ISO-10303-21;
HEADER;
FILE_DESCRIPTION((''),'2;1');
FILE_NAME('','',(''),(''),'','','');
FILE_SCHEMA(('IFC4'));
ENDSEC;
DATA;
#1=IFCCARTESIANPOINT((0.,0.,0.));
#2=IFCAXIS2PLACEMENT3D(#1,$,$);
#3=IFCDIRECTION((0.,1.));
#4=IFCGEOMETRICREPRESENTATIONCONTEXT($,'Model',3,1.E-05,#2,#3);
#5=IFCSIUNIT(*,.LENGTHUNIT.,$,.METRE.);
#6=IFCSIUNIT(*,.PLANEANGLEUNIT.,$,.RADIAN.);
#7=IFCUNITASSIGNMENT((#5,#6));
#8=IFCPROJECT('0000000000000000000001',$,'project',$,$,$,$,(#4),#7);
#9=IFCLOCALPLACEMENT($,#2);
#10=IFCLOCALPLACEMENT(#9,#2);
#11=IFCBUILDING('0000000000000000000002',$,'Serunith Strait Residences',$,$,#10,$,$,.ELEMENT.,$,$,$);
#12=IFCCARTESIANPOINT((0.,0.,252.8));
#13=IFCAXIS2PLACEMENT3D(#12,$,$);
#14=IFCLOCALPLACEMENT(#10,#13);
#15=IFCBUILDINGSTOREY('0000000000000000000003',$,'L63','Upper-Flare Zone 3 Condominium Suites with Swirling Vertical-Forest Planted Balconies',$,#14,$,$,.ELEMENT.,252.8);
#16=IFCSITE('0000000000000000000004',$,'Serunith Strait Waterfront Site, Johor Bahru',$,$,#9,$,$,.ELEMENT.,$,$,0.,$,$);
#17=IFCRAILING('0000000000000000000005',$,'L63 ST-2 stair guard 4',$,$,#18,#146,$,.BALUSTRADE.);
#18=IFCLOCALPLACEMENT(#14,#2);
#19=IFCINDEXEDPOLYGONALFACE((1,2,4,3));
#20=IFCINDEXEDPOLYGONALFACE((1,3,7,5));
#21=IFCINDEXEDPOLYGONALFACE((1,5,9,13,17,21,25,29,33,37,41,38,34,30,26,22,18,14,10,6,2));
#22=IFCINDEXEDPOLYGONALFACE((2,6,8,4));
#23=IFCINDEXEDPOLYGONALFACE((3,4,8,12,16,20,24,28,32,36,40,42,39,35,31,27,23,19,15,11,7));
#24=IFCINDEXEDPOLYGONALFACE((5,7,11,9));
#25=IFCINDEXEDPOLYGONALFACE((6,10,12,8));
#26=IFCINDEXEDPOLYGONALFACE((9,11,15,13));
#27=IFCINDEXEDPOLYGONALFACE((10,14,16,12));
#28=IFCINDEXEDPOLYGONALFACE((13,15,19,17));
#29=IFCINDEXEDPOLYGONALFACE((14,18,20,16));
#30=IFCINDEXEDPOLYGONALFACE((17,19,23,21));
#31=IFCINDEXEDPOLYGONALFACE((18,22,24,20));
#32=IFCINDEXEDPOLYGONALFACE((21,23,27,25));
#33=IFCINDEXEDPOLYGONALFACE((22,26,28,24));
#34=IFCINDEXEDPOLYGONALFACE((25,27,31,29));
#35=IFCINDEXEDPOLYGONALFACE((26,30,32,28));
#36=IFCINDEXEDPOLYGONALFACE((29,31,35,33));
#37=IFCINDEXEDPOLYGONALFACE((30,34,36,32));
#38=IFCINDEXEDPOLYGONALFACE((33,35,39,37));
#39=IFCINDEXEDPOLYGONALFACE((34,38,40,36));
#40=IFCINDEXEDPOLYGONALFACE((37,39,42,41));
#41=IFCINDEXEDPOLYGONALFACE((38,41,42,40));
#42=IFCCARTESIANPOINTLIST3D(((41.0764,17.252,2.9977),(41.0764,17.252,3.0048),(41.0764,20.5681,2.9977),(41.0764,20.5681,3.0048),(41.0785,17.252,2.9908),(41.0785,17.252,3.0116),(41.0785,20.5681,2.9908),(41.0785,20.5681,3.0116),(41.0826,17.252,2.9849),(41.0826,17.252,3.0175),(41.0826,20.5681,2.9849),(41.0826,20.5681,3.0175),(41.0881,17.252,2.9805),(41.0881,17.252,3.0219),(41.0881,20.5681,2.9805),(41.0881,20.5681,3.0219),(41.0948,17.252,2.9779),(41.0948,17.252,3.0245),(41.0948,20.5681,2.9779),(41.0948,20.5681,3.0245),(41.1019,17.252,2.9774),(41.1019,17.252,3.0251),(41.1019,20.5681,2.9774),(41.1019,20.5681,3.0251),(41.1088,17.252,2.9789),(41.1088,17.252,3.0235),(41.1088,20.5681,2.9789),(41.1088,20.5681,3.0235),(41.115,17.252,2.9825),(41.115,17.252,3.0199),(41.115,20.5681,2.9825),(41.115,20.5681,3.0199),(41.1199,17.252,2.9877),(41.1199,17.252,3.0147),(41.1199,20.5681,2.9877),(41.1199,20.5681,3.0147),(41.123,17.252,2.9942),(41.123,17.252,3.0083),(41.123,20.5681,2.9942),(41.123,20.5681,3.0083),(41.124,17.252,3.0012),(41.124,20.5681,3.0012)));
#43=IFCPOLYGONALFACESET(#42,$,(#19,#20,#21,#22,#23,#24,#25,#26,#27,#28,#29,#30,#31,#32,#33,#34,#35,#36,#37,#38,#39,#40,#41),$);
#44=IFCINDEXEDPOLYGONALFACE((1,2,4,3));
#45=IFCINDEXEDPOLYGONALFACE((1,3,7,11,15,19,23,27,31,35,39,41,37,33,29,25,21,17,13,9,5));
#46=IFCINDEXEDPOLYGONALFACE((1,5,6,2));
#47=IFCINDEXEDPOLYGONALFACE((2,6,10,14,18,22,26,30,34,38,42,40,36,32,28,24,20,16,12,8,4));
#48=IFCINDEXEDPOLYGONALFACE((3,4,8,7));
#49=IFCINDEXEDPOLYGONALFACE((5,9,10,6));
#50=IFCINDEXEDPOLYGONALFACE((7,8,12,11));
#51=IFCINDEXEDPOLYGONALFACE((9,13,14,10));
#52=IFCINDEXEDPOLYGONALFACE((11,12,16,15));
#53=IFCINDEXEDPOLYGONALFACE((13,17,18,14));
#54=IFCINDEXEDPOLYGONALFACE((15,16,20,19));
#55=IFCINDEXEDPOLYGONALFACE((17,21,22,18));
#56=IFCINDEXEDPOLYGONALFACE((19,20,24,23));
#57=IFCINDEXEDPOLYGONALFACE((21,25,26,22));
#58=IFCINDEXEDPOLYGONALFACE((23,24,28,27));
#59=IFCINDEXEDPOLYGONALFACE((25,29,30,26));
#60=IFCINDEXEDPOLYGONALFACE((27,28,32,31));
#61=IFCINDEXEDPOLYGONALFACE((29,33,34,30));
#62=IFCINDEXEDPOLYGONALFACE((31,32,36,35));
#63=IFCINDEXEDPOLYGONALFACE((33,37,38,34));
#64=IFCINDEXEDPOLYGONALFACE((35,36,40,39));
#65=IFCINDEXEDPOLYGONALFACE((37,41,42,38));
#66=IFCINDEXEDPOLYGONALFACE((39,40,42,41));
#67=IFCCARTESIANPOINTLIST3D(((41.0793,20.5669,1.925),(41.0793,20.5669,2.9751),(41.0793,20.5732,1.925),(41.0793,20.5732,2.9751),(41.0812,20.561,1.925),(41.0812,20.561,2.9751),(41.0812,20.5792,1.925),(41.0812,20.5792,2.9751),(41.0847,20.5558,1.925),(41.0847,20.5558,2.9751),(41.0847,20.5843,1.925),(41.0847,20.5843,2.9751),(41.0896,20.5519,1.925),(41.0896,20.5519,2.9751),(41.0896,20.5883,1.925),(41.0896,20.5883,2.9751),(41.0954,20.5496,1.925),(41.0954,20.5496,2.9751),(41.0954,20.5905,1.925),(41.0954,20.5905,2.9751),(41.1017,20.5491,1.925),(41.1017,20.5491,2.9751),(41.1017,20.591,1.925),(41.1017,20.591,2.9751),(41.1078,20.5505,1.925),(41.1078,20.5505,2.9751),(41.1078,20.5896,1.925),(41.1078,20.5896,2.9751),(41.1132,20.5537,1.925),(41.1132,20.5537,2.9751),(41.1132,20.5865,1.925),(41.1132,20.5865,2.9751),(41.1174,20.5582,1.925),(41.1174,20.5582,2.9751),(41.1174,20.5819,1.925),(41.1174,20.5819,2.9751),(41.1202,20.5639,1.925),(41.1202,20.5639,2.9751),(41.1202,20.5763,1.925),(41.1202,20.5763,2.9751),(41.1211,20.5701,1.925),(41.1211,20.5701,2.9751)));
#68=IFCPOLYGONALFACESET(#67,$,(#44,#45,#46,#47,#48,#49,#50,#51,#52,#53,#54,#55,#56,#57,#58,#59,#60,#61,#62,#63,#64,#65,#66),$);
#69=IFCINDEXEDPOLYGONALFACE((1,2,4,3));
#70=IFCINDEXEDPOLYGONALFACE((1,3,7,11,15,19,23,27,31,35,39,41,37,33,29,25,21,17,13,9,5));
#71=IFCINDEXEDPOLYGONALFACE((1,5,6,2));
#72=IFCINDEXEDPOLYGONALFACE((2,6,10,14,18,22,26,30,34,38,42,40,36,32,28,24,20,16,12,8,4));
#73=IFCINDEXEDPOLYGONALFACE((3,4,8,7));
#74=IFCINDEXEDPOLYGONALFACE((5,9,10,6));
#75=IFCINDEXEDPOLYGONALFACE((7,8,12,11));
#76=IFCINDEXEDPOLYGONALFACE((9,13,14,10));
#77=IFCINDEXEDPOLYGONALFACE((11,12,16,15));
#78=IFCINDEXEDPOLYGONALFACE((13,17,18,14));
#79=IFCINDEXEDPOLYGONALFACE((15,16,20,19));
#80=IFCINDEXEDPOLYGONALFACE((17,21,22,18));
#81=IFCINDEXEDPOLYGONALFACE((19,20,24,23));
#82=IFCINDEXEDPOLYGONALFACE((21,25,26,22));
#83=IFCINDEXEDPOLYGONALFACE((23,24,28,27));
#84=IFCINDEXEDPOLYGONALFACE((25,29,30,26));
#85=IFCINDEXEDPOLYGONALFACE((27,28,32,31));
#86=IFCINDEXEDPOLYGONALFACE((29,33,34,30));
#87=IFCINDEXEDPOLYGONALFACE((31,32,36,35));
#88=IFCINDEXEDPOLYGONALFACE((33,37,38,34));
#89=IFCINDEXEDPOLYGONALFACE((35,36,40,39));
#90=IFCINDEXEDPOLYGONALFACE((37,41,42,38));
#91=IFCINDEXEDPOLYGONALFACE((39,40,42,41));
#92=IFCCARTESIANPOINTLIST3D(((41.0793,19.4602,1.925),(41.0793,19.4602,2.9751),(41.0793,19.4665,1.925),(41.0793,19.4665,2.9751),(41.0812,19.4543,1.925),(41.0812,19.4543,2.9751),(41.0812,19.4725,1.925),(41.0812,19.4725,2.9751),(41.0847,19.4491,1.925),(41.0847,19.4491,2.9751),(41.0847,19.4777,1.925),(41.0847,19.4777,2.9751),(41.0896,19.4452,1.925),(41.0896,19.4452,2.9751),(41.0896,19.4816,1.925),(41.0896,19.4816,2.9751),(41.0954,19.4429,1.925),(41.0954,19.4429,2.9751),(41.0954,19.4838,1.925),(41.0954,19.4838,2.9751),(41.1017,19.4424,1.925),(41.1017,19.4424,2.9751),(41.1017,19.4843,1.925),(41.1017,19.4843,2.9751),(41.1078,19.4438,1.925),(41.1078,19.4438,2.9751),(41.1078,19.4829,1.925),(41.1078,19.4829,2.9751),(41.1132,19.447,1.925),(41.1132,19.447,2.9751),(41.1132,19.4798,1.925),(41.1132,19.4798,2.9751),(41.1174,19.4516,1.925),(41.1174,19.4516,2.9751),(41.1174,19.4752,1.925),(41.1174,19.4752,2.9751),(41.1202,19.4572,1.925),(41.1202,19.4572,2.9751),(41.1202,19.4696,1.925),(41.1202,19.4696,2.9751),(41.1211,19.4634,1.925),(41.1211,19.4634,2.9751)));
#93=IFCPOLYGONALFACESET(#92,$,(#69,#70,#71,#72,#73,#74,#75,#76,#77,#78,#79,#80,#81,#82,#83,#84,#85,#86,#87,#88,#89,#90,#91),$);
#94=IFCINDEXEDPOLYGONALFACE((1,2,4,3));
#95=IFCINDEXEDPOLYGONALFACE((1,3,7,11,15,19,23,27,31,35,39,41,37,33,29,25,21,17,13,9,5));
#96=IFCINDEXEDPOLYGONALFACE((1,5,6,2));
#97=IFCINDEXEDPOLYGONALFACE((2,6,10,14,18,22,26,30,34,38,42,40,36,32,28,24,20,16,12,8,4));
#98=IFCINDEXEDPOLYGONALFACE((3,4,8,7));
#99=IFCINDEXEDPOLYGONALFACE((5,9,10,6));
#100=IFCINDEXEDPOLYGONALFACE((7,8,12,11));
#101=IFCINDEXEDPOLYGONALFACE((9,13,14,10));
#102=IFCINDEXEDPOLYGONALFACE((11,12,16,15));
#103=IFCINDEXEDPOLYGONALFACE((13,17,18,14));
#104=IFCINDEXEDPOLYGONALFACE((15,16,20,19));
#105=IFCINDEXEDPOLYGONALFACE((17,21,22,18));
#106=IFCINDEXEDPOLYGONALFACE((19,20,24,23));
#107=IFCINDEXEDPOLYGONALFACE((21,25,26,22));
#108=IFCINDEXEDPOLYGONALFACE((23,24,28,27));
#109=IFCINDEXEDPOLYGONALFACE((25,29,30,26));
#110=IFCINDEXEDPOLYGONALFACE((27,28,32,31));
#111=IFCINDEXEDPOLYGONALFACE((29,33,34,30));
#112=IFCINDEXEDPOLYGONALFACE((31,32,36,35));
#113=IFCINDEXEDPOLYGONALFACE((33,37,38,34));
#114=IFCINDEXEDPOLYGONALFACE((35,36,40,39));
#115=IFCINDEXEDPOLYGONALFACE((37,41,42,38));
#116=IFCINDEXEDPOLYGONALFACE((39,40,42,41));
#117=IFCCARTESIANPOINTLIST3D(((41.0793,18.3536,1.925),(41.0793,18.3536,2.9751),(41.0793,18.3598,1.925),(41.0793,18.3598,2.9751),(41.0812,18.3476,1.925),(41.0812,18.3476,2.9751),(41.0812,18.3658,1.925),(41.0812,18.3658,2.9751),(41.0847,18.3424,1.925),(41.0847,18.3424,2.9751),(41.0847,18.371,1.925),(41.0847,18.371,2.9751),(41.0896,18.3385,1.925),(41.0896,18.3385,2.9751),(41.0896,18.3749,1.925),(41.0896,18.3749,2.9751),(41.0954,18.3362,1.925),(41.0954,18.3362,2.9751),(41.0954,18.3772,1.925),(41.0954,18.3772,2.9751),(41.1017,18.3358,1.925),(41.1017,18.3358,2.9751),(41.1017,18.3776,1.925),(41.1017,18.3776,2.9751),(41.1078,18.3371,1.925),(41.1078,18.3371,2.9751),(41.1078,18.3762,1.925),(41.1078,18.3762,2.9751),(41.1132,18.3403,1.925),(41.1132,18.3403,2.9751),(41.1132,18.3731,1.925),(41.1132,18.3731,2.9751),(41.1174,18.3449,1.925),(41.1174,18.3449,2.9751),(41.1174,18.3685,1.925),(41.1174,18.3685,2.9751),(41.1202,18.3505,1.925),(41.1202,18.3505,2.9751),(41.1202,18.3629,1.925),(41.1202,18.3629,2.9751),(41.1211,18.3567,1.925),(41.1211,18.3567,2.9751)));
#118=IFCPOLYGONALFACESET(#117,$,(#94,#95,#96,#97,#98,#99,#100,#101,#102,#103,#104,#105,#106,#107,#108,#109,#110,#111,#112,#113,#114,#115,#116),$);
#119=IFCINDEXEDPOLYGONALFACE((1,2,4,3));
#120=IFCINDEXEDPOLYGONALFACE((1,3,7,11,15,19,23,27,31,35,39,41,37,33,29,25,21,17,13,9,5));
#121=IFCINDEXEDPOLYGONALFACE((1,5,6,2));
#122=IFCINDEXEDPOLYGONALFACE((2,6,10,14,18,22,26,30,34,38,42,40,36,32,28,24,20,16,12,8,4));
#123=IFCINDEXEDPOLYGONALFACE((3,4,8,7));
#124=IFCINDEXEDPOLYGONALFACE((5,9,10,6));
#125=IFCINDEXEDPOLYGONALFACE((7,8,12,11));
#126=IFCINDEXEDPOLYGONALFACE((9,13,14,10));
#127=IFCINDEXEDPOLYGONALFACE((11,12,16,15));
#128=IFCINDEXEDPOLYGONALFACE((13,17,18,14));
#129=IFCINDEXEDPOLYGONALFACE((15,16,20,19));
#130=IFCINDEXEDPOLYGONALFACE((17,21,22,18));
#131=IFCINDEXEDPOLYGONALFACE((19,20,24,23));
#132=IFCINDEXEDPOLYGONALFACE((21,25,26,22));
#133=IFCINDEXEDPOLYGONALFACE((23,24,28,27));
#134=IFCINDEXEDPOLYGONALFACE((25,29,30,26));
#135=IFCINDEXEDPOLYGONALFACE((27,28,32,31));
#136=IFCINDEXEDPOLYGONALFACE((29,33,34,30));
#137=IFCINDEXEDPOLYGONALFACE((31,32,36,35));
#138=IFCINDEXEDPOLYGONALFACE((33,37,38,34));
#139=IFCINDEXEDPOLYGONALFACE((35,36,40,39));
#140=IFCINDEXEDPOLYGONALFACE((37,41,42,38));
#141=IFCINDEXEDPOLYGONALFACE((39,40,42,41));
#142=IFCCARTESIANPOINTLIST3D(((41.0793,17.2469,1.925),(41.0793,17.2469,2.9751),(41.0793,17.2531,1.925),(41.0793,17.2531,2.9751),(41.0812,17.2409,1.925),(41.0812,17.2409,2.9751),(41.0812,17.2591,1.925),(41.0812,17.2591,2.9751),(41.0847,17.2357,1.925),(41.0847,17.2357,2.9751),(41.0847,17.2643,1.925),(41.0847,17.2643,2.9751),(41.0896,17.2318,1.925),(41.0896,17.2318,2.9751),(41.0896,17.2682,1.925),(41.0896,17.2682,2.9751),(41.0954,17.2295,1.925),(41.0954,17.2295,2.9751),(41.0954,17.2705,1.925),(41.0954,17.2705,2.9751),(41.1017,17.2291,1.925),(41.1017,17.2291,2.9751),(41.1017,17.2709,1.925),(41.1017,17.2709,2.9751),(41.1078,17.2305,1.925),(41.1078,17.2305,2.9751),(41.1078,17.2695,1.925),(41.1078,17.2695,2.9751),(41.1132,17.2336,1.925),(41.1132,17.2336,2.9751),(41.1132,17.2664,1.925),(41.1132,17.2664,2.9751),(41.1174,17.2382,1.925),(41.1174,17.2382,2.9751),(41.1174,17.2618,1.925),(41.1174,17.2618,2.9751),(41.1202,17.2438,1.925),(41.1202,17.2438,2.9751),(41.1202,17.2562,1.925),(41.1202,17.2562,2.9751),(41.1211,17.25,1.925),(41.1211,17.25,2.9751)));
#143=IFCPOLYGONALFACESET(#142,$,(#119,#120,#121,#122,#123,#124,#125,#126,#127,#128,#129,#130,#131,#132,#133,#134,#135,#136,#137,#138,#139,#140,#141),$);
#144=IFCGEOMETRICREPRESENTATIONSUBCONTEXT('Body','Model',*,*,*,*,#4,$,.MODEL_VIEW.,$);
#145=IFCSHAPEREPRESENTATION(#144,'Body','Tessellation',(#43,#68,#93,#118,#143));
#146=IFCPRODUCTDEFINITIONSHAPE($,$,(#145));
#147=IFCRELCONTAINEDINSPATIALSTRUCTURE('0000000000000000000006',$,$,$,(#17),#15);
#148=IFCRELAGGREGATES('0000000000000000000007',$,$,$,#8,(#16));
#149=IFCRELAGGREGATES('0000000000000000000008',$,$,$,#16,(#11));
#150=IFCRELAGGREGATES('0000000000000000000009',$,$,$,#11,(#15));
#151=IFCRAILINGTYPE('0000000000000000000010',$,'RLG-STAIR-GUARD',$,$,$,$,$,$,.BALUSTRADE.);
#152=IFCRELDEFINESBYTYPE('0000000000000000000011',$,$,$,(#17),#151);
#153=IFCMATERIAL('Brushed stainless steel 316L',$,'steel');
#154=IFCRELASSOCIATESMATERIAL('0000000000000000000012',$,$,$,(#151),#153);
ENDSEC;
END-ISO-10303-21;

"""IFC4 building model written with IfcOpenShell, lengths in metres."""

from ifc_helpers import new_model, si_unit, direction, frame, origin, origin_2d, place, context, subcontext, project, spatial, circle, extrude, material, type_object, element, save


model = new_model("IFC4")

# Units and contexts
model_context = context("Model", 3, precision=1e-05, world=origin(), true_north=direction((0.0, 1.0)))
body_context = subcontext(model_context, "Body", "Model", "MODEL_VIEW")
ifc_project = project(units=[si_unit("LENGTHUNIT", "METRE"), si_unit("PLANEANGLEUNIT", "RADIAN")], contexts=[model_context])

# Site, building, storey
site_placement = place(None, origin())
site = spatial("IfcSite", under=ifc_project, at=site_placement, Name="Serunith Strait Waterfront Site, Johor Bahru", CompositionType="ELEMENT", RefElevation=0.0)
building_placement = place(site_placement, origin())
building = spatial("IfcBuilding", under=site, at=building_placement, Name="Serunith Strait Residences", CompositionType="ELEMENT")
storey_placement = place(building_placement, frame((0.0, 0.0, 252.8)))
storey = spatial("IfcBuildingStorey", under=building, at=storey_placement, Name="L63", Description="Upper-Flare Zone 3 Condominium Suites with Swirling Vertical-Forest Planted Balconies", CompositionType="ELEMENT", Elevation=252.8)

# Railing
ifc_material_1 = material(Name="Brushed stainless steel 316L", Category="steel")
railing_type_1 = type_object("IfcRailingType", Name="RLG-STAIR-GUARD", PredefinedType="BALUSTRADE", material=ifc_material_1)
for number, where, name in (
    (1, (41.1001, 20.5701, 1.925), "L63 ST-2 stair guard 4"),
):
    element("IfcRailing", number, at=place(storey_placement, frame(where)), inside=storey, type_object=railing_type_1, Name=name, PredefinedType="BALUSTRADE", context=body_context, shape_type="SweptSolid", body=[
        extrude(circle(Radius=0.0239, at=origin_2d()), frame((0.0, -0.002, 1.0762), z_axis=(0.0, -1.0, 0.0), x_axis=(1.0, 0.0, 0.0)), (0.0, 0.0, 1.0), 3.3162),
        extrude(circle(Radius=0.021, at=origin_2d()), origin(), (0.0, 0.0, 1.0), 1.05),
        extrude(circle(Radius=0.021, at=origin_2d()), frame((0.0, -1.1067, 0.0)), (0.0, 0.0, 1.0), 1.05),
        extrude(circle(Radius=0.021, at=origin_2d()), frame((0.0, -2.2134, 0.0)), (0.0, 0.0, 1.0), 1.05),
        extrude(circle(Radius=0.021, at=origin_2d()), frame((0.0, -3.3201, 0.0)), (0.0, 0.0, 1.0), 1.05),
    ])

save(model, "model.ifc")
